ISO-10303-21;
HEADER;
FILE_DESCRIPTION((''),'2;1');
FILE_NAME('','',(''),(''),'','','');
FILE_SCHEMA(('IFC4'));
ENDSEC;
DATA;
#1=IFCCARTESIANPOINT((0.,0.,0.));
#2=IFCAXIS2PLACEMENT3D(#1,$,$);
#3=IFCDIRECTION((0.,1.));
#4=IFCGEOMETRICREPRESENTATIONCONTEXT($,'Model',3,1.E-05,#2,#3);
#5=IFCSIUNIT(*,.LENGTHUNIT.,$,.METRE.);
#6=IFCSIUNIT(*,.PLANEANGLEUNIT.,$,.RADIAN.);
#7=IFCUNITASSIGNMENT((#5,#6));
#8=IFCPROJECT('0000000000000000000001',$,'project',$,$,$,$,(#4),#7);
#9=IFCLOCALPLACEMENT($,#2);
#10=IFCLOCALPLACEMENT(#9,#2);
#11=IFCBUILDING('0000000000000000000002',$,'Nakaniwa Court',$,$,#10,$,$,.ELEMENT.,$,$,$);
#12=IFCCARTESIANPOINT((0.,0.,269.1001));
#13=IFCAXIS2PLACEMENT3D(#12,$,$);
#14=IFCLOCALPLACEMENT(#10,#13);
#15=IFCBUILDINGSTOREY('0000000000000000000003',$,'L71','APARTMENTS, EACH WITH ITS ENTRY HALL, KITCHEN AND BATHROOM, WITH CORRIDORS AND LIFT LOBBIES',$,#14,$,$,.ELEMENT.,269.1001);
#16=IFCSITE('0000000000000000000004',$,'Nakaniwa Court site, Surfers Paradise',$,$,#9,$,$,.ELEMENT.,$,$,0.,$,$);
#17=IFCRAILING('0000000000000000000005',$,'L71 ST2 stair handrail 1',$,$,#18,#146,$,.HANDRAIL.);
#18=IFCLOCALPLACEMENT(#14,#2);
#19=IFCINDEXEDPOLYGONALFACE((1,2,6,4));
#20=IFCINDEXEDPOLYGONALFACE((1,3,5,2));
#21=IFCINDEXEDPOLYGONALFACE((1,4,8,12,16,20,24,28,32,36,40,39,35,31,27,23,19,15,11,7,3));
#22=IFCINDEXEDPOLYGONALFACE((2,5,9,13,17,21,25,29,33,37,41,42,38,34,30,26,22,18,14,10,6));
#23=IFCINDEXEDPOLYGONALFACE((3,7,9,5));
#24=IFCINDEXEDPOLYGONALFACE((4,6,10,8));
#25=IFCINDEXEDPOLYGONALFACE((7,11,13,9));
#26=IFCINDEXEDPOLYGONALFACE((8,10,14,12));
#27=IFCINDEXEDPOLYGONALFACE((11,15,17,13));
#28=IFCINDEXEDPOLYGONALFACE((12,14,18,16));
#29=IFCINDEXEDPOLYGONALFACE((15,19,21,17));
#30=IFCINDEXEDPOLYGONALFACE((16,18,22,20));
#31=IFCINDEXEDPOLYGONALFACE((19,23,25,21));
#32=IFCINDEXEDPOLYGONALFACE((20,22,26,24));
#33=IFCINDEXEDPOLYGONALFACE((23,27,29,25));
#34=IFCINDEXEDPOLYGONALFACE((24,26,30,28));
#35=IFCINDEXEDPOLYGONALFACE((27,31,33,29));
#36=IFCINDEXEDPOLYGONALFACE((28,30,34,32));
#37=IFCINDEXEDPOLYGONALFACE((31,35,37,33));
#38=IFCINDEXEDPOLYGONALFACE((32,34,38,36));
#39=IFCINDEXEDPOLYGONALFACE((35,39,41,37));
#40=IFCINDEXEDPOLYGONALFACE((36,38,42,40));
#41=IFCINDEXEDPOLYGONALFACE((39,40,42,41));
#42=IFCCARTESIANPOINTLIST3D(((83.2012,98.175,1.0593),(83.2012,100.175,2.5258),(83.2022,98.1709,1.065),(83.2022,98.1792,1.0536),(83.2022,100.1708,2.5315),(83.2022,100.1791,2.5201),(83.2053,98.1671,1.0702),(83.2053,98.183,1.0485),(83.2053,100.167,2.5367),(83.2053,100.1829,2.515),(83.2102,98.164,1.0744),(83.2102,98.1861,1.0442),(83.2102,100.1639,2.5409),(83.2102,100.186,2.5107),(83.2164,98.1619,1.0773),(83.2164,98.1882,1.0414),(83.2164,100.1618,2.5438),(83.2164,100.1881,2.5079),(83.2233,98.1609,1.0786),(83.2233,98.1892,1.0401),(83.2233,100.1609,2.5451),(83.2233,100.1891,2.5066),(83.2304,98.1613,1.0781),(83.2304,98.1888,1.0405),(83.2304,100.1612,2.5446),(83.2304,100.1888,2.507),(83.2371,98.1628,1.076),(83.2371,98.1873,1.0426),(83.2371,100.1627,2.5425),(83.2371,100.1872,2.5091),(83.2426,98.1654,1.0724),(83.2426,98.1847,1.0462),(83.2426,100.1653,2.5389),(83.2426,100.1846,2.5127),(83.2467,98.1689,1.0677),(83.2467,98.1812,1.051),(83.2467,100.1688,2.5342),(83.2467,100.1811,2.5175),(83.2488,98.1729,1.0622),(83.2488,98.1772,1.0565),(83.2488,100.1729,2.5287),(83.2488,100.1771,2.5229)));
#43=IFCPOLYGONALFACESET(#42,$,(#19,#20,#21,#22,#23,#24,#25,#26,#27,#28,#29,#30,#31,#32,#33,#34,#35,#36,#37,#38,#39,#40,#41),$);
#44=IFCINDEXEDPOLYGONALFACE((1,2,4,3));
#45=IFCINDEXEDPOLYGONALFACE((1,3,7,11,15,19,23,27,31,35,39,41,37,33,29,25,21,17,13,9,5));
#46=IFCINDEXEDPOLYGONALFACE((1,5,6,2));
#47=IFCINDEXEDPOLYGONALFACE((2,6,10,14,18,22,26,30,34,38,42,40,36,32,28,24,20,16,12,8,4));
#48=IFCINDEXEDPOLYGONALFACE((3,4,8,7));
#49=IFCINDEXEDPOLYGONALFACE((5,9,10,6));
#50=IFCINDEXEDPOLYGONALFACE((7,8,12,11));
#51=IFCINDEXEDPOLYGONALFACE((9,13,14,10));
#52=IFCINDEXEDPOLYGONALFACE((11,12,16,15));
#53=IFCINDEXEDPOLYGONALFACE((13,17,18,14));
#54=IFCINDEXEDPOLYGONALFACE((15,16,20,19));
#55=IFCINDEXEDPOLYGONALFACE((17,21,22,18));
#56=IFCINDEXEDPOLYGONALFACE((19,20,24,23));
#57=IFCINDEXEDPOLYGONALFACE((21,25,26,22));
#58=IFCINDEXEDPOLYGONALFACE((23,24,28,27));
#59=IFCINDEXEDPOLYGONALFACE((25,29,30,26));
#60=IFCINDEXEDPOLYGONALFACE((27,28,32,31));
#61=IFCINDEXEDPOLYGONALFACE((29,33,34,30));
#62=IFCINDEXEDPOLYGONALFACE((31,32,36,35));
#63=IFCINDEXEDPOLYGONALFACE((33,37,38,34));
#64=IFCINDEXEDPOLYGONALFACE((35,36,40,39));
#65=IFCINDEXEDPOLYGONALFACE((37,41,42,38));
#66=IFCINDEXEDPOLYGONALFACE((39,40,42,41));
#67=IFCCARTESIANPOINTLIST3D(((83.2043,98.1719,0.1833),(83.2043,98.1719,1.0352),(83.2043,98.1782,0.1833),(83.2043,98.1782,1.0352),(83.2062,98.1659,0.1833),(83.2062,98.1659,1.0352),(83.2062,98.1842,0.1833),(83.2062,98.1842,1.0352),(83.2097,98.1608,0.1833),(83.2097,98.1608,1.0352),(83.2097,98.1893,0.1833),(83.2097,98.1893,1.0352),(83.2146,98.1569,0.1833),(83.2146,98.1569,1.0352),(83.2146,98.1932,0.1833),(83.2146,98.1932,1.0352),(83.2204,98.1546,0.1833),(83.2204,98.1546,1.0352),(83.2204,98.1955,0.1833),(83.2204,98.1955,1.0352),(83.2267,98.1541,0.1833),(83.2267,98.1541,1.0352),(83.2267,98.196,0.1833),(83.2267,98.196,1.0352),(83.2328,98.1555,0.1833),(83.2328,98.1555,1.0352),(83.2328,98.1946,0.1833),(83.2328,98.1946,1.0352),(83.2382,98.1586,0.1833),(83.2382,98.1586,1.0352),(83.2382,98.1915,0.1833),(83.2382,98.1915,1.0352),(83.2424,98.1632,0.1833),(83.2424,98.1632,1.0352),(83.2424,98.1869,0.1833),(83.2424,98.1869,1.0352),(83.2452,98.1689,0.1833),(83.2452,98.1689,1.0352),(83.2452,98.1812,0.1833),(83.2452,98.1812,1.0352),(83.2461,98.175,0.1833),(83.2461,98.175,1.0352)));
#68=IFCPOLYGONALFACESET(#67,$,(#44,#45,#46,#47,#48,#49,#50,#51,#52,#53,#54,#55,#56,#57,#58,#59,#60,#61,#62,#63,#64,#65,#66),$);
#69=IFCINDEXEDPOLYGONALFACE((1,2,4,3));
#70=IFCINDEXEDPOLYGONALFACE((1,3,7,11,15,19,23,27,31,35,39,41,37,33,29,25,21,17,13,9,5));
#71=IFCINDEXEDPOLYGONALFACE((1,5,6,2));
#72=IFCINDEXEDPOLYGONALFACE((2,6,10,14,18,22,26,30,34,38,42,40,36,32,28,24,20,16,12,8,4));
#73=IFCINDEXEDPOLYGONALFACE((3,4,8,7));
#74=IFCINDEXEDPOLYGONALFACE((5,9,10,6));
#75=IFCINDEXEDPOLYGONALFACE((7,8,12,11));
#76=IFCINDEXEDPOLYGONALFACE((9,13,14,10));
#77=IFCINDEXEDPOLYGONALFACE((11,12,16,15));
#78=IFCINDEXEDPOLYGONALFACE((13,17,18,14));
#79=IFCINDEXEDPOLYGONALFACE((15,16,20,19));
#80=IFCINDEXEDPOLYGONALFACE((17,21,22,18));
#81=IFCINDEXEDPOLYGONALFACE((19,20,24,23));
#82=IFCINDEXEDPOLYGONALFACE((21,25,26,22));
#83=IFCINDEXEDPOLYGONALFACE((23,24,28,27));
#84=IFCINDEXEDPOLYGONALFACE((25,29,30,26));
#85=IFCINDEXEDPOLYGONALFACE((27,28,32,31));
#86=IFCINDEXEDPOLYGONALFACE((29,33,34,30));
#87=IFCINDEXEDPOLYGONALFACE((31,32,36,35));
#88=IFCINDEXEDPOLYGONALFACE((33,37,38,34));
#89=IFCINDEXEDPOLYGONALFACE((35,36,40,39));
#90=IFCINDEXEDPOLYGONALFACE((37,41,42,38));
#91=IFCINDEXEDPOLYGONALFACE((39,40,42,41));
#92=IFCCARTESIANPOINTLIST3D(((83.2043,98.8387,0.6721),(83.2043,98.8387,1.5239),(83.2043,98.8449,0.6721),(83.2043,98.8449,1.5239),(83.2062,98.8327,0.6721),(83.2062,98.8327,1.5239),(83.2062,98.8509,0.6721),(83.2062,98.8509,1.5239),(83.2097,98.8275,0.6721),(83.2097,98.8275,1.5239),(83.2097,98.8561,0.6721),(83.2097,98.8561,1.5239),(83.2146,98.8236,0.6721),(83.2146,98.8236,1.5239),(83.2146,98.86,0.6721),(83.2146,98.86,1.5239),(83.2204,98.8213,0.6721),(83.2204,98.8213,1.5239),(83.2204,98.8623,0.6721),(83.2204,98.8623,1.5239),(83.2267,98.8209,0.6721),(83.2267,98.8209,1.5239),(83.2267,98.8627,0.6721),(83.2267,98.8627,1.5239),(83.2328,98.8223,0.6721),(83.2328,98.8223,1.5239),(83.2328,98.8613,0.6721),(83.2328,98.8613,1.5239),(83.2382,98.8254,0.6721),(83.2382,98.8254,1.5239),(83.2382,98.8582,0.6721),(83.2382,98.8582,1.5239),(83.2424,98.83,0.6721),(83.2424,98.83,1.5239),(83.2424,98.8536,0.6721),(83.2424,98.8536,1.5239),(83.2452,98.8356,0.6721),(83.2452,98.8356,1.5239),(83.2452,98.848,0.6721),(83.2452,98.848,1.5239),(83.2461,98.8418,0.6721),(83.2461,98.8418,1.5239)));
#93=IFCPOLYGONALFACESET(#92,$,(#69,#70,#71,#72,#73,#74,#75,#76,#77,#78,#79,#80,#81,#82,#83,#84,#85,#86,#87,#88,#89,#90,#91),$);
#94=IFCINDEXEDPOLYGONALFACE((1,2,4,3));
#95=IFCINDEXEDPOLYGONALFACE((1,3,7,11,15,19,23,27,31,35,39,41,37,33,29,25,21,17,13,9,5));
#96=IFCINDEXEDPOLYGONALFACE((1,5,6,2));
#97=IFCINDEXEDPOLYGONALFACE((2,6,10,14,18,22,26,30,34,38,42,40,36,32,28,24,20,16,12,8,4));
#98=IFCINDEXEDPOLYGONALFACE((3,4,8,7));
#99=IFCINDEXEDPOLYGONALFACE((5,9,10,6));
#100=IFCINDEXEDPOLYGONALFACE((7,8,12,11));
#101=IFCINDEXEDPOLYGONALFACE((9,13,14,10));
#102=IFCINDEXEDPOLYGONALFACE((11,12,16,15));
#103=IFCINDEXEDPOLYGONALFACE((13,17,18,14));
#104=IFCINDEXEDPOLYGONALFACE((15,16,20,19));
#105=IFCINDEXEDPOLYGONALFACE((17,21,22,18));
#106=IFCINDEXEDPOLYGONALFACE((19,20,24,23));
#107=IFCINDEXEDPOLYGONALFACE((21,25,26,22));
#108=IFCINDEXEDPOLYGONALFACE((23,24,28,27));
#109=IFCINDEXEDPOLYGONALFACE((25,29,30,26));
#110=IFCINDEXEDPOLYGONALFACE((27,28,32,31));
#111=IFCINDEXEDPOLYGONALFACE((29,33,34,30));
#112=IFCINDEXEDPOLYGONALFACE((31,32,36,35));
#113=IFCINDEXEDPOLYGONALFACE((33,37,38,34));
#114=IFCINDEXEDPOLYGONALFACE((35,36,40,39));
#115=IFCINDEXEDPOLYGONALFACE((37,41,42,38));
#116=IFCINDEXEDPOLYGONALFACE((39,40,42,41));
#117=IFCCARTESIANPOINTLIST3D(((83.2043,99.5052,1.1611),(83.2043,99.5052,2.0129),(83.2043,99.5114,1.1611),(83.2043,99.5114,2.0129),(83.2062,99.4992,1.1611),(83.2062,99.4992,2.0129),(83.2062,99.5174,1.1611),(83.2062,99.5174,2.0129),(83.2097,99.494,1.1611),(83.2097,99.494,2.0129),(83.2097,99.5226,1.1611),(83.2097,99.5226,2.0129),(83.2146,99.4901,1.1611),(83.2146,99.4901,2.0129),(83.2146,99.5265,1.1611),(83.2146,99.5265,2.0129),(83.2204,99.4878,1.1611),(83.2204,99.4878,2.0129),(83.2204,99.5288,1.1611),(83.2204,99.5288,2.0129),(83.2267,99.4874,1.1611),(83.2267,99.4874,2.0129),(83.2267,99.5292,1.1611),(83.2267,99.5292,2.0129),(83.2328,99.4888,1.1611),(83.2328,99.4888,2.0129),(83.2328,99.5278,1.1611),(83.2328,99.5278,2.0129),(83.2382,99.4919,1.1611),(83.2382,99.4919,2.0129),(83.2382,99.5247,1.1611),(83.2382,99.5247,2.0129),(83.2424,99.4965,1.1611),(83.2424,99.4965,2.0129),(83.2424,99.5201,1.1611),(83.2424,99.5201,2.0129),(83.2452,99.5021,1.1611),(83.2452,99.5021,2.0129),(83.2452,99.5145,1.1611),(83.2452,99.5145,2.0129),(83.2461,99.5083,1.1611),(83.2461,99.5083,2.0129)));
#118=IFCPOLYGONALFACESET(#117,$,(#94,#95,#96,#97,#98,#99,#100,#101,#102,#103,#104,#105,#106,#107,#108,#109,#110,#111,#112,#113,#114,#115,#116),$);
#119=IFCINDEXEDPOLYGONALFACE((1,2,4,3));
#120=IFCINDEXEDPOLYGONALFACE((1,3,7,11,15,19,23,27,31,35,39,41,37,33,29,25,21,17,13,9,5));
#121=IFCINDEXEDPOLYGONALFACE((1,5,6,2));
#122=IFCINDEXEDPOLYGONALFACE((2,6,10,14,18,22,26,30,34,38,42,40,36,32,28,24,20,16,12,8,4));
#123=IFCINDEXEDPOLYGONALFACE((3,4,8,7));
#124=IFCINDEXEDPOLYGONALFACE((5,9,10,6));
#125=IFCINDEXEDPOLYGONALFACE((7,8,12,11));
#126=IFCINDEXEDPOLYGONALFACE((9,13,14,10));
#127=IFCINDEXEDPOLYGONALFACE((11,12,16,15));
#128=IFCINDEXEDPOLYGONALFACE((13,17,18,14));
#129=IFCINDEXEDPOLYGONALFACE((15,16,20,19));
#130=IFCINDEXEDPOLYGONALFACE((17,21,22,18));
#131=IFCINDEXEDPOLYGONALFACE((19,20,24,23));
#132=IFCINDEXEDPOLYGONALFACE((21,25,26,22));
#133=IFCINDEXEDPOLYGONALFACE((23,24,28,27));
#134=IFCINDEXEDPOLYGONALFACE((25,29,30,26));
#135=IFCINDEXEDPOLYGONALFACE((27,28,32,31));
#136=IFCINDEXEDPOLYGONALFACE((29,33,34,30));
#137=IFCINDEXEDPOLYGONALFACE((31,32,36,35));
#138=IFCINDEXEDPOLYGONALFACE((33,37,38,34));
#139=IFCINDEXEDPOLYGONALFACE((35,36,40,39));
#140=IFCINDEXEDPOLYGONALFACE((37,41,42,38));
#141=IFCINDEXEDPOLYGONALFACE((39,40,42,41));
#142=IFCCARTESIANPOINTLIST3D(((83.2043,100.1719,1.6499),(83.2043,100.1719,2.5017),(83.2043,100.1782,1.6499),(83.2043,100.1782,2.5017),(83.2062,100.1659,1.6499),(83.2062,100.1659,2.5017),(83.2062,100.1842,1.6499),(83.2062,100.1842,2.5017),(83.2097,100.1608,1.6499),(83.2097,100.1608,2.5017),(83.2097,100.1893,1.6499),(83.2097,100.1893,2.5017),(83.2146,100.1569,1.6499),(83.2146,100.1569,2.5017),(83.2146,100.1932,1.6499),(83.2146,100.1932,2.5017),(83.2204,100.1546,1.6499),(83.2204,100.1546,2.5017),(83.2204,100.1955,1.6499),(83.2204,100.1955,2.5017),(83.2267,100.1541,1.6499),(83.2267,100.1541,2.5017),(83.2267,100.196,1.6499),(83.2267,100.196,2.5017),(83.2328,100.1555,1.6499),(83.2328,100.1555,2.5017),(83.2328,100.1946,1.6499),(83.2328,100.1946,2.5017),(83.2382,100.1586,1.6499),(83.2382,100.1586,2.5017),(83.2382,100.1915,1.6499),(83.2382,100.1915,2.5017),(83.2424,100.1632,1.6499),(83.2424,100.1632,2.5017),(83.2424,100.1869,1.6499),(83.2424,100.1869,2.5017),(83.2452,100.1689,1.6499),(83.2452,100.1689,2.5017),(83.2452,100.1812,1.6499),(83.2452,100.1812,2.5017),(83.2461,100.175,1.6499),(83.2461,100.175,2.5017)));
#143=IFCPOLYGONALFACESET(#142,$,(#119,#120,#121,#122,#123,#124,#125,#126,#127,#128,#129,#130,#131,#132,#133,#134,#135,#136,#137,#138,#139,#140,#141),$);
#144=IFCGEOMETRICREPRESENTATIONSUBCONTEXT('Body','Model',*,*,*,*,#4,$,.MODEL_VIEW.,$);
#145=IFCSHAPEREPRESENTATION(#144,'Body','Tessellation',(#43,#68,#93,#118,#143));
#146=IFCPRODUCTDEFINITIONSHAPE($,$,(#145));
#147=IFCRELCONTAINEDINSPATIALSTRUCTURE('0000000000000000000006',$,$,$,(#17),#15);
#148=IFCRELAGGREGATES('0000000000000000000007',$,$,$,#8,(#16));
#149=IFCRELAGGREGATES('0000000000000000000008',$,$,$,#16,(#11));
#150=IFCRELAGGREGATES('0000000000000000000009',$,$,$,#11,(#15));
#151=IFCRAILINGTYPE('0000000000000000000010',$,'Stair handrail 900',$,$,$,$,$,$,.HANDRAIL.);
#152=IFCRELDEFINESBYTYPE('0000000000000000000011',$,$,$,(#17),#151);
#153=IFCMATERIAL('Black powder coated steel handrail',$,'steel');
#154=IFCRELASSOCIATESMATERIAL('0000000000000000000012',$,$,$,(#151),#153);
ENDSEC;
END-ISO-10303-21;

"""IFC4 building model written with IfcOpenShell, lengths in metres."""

from ifc_helpers import new_model, si_unit, direction, frame, origin, origin_2d, place, context, subcontext, project, spatial, circle, extrude, material, type_object, element, save


model = new_model("IFC4")

# Units and contexts
model_context = context("Model", 3, precision=1e-05, world=origin(), true_north=direction((0.0, 1.0)))
body_context = subcontext(model_context, "Body", "Model", "MODEL_VIEW")
ifc_project = project(units=[si_unit("LENGTHUNIT", "METRE"), si_unit("PLANEANGLEUNIT", "RADIAN")], contexts=[model_context])

# Site, building, storey
site_placement = place(None, origin())
site = spatial("IfcSite", under=ifc_project, at=site_placement, Name="Nakaniwa Court site, Surfers Paradise", CompositionType="ELEMENT", RefElevation=0.0)
building_placement = place(site_placement, origin())
building = spatial("IfcBuilding", under=site, at=building_placement, Name="Nakaniwa Court", CompositionType="ELEMENT")
storey_placement = place(building_placement, frame((0.0, 0.0, 269.1001)))
storey = spatial("IfcBuildingStorey", under=building, at=storey_placement, Name="L71", Description="APARTMENTS, EACH WITH ITS ENTRY HALL, KITCHEN AND BATHROOM, WITH CORRIDORS AND LIFT LOBBIES", CompositionType="ELEMENT", Elevation=269.1001)

# Railing
ifc_material_1 = material(Name="Black powder coated steel handrail", Category="steel")
railing_type_1 = type_object("IfcRailingType", Name="Stair handrail 900", PredefinedType="HANDRAIL", material=ifc_material_1)
railing_1_placement = place(storey_placement, frame((83.2251, 98.175, 0.1833)))
element("IfcRailing", 1, at=railing_1_placement, inside=storey, type_object=railing_type_1, Name="L71 ST2 stair handrail 1", PredefinedType="HANDRAIL", context=body_context, shape_type="SweptSolid", body=[
    extrude(circle(Radius=0.0239, at=origin_2d()), frame((0.0, 0.0, 0.876), z_axis=(0.0, 0.806427, 0.591334), x_axis=(-1.0, 0.0, 0.0)), (0.0, 0.0, 1.0), 2.48),
    extrude(circle(Radius=0.021, at=origin_2d()), origin(), (0.0, 0.0, 1.0), 0.8518),
    extrude(circle(Radius=0.021, at=origin_2d()), frame((0.0, 0.6667, 0.4888)), (0.0, 0.0, 1.0), 0.8518),
    extrude(circle(Radius=0.021, at=origin_2d()), frame((0.0, 1.3333, 0.9778)), (0.0, 0.0, 1.0), 0.8518),
    extrude(circle(Radius=0.021, at=origin_2d()), frame((0.0, 2.0, 1.4666)), (0.0, 0.0, 1.0), 0.8518),
])

save(model, "model.ifc")
